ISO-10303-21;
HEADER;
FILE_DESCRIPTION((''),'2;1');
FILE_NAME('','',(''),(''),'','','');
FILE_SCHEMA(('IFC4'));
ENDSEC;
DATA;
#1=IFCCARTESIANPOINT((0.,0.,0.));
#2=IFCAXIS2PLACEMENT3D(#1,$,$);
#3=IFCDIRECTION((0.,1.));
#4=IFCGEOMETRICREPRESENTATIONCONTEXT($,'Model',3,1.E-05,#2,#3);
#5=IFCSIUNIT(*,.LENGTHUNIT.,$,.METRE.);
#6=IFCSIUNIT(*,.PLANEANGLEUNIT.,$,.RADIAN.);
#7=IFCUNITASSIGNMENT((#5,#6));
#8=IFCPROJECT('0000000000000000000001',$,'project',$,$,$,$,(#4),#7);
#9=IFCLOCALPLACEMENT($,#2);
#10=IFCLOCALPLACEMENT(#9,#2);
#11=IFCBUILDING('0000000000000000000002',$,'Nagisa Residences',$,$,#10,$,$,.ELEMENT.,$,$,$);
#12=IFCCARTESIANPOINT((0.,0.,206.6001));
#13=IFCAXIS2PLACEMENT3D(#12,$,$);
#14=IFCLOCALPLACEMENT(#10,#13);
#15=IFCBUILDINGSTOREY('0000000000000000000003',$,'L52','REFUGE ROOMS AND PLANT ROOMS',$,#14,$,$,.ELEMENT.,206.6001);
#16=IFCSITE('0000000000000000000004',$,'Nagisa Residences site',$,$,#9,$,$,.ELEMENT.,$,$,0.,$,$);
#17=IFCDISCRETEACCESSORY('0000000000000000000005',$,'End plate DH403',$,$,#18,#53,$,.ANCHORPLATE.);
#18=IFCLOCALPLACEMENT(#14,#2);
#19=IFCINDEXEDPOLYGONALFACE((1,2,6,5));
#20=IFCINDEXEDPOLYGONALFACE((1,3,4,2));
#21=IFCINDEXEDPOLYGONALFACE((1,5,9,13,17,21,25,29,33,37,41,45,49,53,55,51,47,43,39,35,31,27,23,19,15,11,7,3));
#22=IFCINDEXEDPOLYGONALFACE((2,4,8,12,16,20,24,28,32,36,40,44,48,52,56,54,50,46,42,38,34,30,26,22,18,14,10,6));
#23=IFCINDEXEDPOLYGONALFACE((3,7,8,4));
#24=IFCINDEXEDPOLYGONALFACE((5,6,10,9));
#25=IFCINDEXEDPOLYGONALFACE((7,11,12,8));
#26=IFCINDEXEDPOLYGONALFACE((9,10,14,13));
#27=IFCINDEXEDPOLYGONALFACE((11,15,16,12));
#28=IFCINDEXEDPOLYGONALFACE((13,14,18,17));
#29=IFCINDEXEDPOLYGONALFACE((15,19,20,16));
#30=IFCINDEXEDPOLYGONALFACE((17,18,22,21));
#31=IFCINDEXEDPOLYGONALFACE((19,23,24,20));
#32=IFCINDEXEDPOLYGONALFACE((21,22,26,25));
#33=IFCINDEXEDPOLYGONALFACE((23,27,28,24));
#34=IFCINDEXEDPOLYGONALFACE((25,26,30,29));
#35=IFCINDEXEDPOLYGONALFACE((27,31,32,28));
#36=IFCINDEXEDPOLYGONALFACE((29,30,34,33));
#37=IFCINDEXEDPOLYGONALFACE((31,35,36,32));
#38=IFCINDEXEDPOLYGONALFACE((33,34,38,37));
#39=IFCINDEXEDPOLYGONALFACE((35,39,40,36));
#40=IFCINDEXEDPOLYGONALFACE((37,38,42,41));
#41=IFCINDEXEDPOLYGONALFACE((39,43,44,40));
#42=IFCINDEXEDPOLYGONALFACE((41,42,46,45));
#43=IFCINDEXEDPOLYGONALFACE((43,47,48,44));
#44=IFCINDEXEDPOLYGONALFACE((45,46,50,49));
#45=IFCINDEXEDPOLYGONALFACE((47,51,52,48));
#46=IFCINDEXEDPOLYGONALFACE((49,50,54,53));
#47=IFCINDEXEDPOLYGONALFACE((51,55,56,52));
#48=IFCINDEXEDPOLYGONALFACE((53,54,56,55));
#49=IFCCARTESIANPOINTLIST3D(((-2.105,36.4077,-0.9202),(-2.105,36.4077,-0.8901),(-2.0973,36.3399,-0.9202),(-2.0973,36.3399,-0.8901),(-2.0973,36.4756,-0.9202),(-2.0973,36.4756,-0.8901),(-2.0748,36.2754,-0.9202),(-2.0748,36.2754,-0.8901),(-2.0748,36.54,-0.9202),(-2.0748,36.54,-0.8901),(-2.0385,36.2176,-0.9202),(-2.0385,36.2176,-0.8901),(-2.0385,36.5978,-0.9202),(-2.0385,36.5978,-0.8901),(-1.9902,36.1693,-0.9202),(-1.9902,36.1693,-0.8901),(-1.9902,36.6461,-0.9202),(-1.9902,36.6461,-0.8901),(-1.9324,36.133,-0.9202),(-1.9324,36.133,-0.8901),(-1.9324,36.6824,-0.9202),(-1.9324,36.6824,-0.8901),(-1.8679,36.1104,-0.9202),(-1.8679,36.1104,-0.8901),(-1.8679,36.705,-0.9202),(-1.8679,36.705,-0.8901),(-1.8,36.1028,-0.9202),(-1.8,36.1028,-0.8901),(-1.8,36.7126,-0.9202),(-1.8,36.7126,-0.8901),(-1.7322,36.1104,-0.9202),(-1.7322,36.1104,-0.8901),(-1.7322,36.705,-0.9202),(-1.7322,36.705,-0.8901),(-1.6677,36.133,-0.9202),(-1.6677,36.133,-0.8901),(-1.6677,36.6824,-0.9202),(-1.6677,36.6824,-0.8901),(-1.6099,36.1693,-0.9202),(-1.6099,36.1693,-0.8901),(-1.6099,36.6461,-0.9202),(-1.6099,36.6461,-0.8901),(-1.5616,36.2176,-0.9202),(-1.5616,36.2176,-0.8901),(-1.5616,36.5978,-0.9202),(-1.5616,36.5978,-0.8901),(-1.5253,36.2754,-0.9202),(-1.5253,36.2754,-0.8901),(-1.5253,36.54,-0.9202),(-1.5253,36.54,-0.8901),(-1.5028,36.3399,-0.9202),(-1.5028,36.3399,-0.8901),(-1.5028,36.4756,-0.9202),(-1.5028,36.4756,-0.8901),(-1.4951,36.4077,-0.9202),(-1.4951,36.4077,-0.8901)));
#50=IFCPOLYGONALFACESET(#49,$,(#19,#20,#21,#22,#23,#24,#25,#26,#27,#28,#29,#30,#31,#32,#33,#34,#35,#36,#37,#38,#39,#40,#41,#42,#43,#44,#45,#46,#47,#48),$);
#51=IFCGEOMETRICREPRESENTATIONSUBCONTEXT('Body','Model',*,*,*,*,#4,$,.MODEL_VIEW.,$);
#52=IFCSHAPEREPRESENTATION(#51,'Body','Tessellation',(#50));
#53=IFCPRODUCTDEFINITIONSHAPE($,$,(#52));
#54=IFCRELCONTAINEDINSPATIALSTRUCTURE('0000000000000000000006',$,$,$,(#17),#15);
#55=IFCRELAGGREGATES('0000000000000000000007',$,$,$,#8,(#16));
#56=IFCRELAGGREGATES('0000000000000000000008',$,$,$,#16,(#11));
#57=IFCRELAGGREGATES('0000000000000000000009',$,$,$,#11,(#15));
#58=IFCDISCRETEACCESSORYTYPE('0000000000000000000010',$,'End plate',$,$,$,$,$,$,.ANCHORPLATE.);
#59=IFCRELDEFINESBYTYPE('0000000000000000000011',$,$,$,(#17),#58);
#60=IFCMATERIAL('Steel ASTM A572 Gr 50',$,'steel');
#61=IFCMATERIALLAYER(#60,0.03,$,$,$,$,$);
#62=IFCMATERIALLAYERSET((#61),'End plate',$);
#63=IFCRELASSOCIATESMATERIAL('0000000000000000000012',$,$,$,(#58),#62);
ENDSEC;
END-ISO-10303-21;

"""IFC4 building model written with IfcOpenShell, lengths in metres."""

from ifc_helpers import new_model, si_unit, direction, frame, origin, origin_2d, place, context, subcontext, project, spatial, circle, extrude, material, layer, layer_set, type_object, element, save


model = new_model("IFC4")

# Units and contexts
model_context = context("Model", 3, precision=1e-05, world=origin(), true_north=direction((0.0, 1.0)))
body_context = subcontext(model_context, "Body", "Model", "MODEL_VIEW")
ifc_project = project(units=[si_unit("LENGTHUNIT", "METRE"), si_unit("PLANEANGLEUNIT", "RADIAN")], contexts=[model_context])

# Site, building, storey
site_placement = place(None, origin())
site = spatial("IfcSite", under=ifc_project, at=site_placement, Name="Nagisa Residences site", CompositionType="ELEMENT", RefElevation=0.0)
building_placement = place(site_placement, origin())
building = spatial("IfcBuilding", under=site, at=building_placement, Name="Nagisa Residences", CompositionType="ELEMENT")
storey_placement = place(building_placement, frame((0.0, 0.0, 206.6001)))
storey = spatial("IfcBuildingStorey", under=building, at=storey_placement, Name="L52", Description="REFUGE ROOMS AND PLANT ROOMS", CompositionType="ELEMENT", Elevation=206.6001)

# Discrete accessory
ifc_material_1 = material(Name="Steel ASTM A572 Gr 50", Category="steel")
ifc_layer_1 = layer(ifc_material_1, 0.03)
ifc_layer_set_1 = layer_set([ifc_layer_1], Name="End plate")
discrete_accessory_type = type_object("IfcDiscreteAccessoryType", Name="End plate", PredefinedType="ANCHORPLATE", material=ifc_layer_set_1)
discrete_accessory_placement = place(storey_placement, frame((-1.8, 36.4077, -0.8901), z_axis=(0.0, 0.0, -1.0), x_axis=(1.0, 0.0, 0.0)))
element("IfcDiscreteAccessory", 1, at=discrete_accessory_placement, inside=storey, type_object=discrete_accessory_type, Name="End plate DH403", PredefinedType="ANCHORPLATE", context=body_context, shape_type="SweptSolid", body=[
    extrude(circle(Radius=0.3049, at=origin_2d()), origin(), (0.0, 0.0, 1.0), 0.03),
])

save(model, "model.ifc")
